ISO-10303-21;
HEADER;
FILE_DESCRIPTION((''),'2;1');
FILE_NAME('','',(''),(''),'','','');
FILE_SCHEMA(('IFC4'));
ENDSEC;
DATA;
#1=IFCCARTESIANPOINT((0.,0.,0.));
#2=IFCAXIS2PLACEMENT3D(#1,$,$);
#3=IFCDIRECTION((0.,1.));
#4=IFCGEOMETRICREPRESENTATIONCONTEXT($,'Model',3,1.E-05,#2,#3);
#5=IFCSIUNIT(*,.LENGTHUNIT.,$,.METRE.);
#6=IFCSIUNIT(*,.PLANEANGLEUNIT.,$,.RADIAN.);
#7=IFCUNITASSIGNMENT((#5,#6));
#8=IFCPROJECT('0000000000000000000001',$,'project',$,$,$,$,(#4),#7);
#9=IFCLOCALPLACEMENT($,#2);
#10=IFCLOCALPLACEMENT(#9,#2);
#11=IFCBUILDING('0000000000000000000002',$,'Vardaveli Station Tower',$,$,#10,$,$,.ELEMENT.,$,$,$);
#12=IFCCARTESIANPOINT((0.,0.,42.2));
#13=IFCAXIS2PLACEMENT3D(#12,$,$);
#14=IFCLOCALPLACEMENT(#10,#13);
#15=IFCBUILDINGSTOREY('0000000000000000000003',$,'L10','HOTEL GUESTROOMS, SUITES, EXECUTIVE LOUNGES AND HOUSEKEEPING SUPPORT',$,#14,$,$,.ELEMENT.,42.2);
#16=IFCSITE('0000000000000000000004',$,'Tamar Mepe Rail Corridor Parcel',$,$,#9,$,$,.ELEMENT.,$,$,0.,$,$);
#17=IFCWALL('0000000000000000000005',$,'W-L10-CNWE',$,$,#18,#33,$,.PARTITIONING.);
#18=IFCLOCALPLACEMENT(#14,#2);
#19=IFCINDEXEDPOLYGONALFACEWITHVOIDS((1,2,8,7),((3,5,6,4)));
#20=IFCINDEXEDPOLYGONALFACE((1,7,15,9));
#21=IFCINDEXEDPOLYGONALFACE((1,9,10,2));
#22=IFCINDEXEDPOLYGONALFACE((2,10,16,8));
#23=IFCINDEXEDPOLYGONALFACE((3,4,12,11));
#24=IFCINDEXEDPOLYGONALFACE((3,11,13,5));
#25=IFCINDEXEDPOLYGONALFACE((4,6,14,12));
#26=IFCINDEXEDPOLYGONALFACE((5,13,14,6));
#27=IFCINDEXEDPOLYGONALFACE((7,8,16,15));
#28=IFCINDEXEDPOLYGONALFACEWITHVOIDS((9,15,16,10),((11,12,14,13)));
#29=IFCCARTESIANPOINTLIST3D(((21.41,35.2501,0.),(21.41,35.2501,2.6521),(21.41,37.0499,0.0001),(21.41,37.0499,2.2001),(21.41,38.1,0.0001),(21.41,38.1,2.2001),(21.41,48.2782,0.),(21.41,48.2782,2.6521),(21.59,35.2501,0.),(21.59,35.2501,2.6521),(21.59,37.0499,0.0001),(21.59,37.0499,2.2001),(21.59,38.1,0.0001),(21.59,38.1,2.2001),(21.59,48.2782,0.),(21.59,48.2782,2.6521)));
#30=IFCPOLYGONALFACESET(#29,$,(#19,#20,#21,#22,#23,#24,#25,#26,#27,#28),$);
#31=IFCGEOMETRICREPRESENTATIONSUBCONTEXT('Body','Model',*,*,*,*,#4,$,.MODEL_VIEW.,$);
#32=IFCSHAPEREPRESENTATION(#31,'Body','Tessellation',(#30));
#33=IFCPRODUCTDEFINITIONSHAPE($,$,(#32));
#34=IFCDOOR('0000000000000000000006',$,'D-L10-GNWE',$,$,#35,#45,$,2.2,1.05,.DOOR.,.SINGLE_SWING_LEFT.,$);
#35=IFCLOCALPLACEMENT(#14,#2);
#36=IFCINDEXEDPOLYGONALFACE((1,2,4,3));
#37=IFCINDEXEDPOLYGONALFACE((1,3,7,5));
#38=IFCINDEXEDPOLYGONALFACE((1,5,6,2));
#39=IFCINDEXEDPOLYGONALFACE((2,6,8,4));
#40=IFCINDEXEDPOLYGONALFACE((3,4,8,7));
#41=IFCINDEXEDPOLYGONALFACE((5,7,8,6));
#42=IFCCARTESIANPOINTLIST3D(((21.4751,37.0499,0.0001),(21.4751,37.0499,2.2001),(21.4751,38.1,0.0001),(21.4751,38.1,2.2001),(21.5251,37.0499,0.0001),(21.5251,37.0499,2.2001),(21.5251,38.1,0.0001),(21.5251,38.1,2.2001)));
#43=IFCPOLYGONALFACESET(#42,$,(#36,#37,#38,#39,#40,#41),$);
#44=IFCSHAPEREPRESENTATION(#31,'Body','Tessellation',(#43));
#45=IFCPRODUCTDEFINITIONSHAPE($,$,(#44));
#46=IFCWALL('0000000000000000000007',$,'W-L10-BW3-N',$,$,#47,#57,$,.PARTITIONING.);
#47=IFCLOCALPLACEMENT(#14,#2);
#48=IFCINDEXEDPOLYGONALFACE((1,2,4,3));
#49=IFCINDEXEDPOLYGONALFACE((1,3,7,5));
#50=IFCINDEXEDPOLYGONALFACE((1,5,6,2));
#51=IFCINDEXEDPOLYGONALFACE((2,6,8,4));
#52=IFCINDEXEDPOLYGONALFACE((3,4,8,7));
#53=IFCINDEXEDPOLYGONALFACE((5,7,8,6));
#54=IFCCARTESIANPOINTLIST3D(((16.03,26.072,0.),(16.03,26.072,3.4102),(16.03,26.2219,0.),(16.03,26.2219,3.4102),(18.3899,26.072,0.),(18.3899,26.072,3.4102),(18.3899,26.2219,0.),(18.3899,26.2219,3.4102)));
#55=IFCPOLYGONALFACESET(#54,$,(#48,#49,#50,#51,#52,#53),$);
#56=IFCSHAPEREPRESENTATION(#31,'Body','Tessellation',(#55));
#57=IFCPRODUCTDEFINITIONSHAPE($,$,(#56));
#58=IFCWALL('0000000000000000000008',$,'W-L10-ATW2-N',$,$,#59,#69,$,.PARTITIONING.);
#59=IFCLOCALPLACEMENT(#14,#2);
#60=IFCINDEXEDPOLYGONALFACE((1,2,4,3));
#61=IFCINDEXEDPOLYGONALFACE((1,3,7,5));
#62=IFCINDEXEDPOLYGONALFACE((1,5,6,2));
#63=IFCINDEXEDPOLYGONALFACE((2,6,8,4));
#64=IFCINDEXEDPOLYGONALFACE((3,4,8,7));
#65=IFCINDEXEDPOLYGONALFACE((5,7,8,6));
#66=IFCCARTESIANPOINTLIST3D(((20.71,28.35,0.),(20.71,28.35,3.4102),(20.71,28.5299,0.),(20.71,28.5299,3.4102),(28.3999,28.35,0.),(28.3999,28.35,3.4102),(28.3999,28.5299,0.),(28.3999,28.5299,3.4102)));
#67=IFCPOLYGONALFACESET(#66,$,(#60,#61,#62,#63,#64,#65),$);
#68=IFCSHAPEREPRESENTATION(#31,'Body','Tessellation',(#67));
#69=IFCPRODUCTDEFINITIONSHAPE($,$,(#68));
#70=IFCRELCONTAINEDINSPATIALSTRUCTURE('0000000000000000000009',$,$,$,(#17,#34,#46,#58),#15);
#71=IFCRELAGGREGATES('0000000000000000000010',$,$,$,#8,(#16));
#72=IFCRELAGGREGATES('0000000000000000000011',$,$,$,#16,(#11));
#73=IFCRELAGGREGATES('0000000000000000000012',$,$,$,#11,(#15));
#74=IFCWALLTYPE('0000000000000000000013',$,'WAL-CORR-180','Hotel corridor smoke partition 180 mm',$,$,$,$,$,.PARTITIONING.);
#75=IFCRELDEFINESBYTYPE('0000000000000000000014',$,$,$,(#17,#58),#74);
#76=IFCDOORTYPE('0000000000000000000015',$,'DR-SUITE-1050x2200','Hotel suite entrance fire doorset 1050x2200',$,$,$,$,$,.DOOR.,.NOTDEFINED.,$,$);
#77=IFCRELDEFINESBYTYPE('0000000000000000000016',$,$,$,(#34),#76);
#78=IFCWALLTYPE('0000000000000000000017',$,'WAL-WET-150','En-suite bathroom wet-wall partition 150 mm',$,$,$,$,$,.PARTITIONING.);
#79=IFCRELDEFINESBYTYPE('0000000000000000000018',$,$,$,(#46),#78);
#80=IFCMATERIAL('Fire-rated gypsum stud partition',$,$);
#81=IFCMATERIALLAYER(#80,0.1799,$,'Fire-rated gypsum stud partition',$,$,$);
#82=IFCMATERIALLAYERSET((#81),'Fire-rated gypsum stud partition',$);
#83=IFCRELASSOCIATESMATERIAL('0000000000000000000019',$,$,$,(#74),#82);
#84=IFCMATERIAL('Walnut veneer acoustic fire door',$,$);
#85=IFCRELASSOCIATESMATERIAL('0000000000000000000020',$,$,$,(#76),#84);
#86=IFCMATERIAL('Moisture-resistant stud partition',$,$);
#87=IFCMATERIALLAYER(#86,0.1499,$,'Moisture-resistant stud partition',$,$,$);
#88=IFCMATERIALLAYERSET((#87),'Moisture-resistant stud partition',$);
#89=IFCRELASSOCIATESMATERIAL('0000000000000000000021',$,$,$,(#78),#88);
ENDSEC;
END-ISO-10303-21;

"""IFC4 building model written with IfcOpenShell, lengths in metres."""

from ifc_helpers import new_model, si_unit, direction, frame, frame_2d, origin, place, context, subcontext, project, spatial, rectangle, extrude, source, transform, mapped, material, layer, layer_set, type_object, element, fill, save


model = new_model("IFC4")

# Units and contexts
model_context = context("Model", 3, precision=1e-05, world=origin(), true_north=direction((0.0, 1.0)))
body_context = subcontext(model_context, "Body", "Model", "MODEL_VIEW")
ifc_project = project(units=[si_unit("LENGTHUNIT", "METRE"), si_unit("PLANEANGLEUNIT", "RADIAN")], contexts=[model_context])

# Site, building, storey
site_placement = place(None, origin())
site = spatial("IfcSite", under=ifc_project, at=site_placement, Name="Tamar Mepe Rail Corridor Parcel", CompositionType="ELEMENT", RefElevation=0.0)
building_placement = place(site_placement, origin())
building = spatial("IfcBuilding", under=site, at=building_placement, Name="Vardaveli Station Tower", CompositionType="ELEMENT")
storey_placement = place(building_placement, frame((0.0, 0.0, 42.2)))
storey = spatial("IfcBuildingStorey", under=building, at=storey_placement, Name="L10", Description="HOTEL GUESTROOMS, SUITES, EXECUTIVE LOUNGES AND HOUSEKEEPING SUPPORT", CompositionType="ELEMENT", Elevation=42.2)

# Wall, opening, door
ifc_material_1 = material(Name="Fire-rated gypsum stud partition")
ifc_layer_1 = layer(ifc_material_1, 0.1799, Name="Fire-rated gypsum stud partition")
ifc_layer_set_1 = layer_set([ifc_layer_1], Name="Fire-rated gypsum stud partition")
wall_type_1 = type_object("IfcWallType", Name="WAL-CORR-180", Description="Hotel corridor smoke partition 180 mm", PredefinedType="PARTITIONING", material=ifc_layer_set_1)
shared_shape_1 = source(origin(), body_context, "Body", "SweptSolid", [
    extrude(rectangle(XDim=13.0281, YDim=0.1799, at=frame_2d((6.5142, 0.0))), origin(), (0.0, 0.0, 1.0), 2.6521),
])
wall_1_placement = place(storey_placement, frame((21.5, 35.25, 0.0), z_axis=(0.0, 0.0, 1.0), x_axis=(0.0, 1.0, 0.0)))
wall_1 = element("IfcWall", 1, at=wall_1_placement, inside=storey, type_object=wall_type_1, Name="W-L10-CNWE", PredefinedType="PARTITIONING", context=body_context, shape_type="MappedRepresentation", body=[
    mapped(shared_shape_1, transform((0.0, 0.0, 0.0), scale=1.0)),
])
shared_shape_2 = source(origin(), body_context, "Body", "SweptSolid", [
    extrude(rectangle(XDim=1.05, YDim=2.2, at=frame_2d((0.5249, 1.1001))), frame((0.0, 0.1001, 0.0), z_axis=(0.0, -1.0, 0.0), x_axis=(1.0, 0.0, 0.0)), (0.0, 0.0, 1.0), 0.2),
])
opening_1_placement = place(wall_1_placement, frame((1.8, 0.0, 0.0)))
opening_1 = element("IfcOpeningElement", 2, at=opening_1_placement, cuts=wall_1, PredefinedType="OPENING", context=body_context, shape_type="MappedRepresentation", body=[
    mapped(shared_shape_2, transform((0.0, 0.0, 0.0), scale=1.0)),
])
ifc_material_2 = material(Name="Walnut veneer acoustic fire door")
door_type_1 = type_object("IfcDoorType", Name="DR-SUITE-1050x2200", Description="Hotel suite entrance fire doorset 1050x2200", OperationType="NOTDEFINED", PredefinedType="DOOR", material=ifc_material_2)
shared_shape_3 = source(origin(), body_context, "Body", "SweptSolid", [
    extrude(rectangle(XDim=1.05, YDim=2.2, at=frame_2d((0.5249, 1.1001))), frame((0.0, 0.0249, 0.0), z_axis=(0.0, -1.0, 0.0), x_axis=(1.0, 0.0, 0.0)), (0.0, 0.0, 1.0), 0.05),
])
door_1_placement = place(opening_1_placement, origin())
door_1 = element("IfcDoor", 3, at=door_1_placement, inside=storey, type_object=door_type_1, Name="D-L10-GNWE", OperationType="SINGLE_SWING_LEFT", OverallHeight=2.2, OverallWidth=1.05, PredefinedType="DOOR", context=body_context, shape_type="MappedRepresentation", body=[
    mapped(shared_shape_3, transform((0.0, 0.0, 0.0), scale=1.0)),
])
fill(opening_1, door_1)

# Walls
ifc_material_3 = material(Name="Moisture-resistant stud partition")
ifc_layer_2 = layer(ifc_material_3, 0.1499, Name="Moisture-resistant stud partition")
ifc_layer_set_2 = layer_set([ifc_layer_2], Name="Moisture-resistant stud partition")
wall_type_2 = type_object("IfcWallType", Name="WAL-WET-150", Description="En-suite bathroom wet-wall partition 150 mm", PredefinedType="PARTITIONING", material=ifc_layer_set_2)
shared_shape_4 = source(origin(), body_context, "Body", "SweptSolid", [
    extrude(rectangle(XDim=2.3599, YDim=0.1499, at=frame_2d((1.1799, 0.0))), origin(), (0.0, 0.0, 1.0), 3.4102),
])
wall_2_placement = place(storey_placement, frame((16.03, 26.147, 0.0), z_axis=(0.0, 0.0, 1.0), x_axis=(1.0, 0.0, 0.0)))
element("IfcWall", 4, at=wall_2_placement, inside=storey, type_object=wall_type_2, Name="W-L10-BW3-N", PredefinedType="PARTITIONING", context=body_context, shape_type="MappedRepresentation", body=[
    mapped(shared_shape_4, transform((0.0, 0.0, 0.0), scale=1.0)),
])
shared_shape_5 = source(origin(), body_context, "Body", "SweptSolid", [
    extrude(rectangle(XDim=7.6899, YDim=0.1799, at=frame_2d((3.845, 0.0))), origin(), (0.0, 0.0, 1.0), 3.4102),
])
wall_3_placement = place(storey_placement, frame((20.71, 28.4399, 0.0), z_axis=(0.0, 0.0, 1.0), x_axis=(1.0, 0.0, 0.0)))
element("IfcWall", 5, at=wall_3_placement, inside=storey, type_object=wall_type_1, Name="W-L10-ATW2-N", PredefinedType="PARTITIONING", context=body_context, shape_type="MappedRepresentation", body=[
    mapped(shared_shape_5, transform((0.0, 0.0, 0.0), scale=1.0)),
])

save(model, "model.ifc")
